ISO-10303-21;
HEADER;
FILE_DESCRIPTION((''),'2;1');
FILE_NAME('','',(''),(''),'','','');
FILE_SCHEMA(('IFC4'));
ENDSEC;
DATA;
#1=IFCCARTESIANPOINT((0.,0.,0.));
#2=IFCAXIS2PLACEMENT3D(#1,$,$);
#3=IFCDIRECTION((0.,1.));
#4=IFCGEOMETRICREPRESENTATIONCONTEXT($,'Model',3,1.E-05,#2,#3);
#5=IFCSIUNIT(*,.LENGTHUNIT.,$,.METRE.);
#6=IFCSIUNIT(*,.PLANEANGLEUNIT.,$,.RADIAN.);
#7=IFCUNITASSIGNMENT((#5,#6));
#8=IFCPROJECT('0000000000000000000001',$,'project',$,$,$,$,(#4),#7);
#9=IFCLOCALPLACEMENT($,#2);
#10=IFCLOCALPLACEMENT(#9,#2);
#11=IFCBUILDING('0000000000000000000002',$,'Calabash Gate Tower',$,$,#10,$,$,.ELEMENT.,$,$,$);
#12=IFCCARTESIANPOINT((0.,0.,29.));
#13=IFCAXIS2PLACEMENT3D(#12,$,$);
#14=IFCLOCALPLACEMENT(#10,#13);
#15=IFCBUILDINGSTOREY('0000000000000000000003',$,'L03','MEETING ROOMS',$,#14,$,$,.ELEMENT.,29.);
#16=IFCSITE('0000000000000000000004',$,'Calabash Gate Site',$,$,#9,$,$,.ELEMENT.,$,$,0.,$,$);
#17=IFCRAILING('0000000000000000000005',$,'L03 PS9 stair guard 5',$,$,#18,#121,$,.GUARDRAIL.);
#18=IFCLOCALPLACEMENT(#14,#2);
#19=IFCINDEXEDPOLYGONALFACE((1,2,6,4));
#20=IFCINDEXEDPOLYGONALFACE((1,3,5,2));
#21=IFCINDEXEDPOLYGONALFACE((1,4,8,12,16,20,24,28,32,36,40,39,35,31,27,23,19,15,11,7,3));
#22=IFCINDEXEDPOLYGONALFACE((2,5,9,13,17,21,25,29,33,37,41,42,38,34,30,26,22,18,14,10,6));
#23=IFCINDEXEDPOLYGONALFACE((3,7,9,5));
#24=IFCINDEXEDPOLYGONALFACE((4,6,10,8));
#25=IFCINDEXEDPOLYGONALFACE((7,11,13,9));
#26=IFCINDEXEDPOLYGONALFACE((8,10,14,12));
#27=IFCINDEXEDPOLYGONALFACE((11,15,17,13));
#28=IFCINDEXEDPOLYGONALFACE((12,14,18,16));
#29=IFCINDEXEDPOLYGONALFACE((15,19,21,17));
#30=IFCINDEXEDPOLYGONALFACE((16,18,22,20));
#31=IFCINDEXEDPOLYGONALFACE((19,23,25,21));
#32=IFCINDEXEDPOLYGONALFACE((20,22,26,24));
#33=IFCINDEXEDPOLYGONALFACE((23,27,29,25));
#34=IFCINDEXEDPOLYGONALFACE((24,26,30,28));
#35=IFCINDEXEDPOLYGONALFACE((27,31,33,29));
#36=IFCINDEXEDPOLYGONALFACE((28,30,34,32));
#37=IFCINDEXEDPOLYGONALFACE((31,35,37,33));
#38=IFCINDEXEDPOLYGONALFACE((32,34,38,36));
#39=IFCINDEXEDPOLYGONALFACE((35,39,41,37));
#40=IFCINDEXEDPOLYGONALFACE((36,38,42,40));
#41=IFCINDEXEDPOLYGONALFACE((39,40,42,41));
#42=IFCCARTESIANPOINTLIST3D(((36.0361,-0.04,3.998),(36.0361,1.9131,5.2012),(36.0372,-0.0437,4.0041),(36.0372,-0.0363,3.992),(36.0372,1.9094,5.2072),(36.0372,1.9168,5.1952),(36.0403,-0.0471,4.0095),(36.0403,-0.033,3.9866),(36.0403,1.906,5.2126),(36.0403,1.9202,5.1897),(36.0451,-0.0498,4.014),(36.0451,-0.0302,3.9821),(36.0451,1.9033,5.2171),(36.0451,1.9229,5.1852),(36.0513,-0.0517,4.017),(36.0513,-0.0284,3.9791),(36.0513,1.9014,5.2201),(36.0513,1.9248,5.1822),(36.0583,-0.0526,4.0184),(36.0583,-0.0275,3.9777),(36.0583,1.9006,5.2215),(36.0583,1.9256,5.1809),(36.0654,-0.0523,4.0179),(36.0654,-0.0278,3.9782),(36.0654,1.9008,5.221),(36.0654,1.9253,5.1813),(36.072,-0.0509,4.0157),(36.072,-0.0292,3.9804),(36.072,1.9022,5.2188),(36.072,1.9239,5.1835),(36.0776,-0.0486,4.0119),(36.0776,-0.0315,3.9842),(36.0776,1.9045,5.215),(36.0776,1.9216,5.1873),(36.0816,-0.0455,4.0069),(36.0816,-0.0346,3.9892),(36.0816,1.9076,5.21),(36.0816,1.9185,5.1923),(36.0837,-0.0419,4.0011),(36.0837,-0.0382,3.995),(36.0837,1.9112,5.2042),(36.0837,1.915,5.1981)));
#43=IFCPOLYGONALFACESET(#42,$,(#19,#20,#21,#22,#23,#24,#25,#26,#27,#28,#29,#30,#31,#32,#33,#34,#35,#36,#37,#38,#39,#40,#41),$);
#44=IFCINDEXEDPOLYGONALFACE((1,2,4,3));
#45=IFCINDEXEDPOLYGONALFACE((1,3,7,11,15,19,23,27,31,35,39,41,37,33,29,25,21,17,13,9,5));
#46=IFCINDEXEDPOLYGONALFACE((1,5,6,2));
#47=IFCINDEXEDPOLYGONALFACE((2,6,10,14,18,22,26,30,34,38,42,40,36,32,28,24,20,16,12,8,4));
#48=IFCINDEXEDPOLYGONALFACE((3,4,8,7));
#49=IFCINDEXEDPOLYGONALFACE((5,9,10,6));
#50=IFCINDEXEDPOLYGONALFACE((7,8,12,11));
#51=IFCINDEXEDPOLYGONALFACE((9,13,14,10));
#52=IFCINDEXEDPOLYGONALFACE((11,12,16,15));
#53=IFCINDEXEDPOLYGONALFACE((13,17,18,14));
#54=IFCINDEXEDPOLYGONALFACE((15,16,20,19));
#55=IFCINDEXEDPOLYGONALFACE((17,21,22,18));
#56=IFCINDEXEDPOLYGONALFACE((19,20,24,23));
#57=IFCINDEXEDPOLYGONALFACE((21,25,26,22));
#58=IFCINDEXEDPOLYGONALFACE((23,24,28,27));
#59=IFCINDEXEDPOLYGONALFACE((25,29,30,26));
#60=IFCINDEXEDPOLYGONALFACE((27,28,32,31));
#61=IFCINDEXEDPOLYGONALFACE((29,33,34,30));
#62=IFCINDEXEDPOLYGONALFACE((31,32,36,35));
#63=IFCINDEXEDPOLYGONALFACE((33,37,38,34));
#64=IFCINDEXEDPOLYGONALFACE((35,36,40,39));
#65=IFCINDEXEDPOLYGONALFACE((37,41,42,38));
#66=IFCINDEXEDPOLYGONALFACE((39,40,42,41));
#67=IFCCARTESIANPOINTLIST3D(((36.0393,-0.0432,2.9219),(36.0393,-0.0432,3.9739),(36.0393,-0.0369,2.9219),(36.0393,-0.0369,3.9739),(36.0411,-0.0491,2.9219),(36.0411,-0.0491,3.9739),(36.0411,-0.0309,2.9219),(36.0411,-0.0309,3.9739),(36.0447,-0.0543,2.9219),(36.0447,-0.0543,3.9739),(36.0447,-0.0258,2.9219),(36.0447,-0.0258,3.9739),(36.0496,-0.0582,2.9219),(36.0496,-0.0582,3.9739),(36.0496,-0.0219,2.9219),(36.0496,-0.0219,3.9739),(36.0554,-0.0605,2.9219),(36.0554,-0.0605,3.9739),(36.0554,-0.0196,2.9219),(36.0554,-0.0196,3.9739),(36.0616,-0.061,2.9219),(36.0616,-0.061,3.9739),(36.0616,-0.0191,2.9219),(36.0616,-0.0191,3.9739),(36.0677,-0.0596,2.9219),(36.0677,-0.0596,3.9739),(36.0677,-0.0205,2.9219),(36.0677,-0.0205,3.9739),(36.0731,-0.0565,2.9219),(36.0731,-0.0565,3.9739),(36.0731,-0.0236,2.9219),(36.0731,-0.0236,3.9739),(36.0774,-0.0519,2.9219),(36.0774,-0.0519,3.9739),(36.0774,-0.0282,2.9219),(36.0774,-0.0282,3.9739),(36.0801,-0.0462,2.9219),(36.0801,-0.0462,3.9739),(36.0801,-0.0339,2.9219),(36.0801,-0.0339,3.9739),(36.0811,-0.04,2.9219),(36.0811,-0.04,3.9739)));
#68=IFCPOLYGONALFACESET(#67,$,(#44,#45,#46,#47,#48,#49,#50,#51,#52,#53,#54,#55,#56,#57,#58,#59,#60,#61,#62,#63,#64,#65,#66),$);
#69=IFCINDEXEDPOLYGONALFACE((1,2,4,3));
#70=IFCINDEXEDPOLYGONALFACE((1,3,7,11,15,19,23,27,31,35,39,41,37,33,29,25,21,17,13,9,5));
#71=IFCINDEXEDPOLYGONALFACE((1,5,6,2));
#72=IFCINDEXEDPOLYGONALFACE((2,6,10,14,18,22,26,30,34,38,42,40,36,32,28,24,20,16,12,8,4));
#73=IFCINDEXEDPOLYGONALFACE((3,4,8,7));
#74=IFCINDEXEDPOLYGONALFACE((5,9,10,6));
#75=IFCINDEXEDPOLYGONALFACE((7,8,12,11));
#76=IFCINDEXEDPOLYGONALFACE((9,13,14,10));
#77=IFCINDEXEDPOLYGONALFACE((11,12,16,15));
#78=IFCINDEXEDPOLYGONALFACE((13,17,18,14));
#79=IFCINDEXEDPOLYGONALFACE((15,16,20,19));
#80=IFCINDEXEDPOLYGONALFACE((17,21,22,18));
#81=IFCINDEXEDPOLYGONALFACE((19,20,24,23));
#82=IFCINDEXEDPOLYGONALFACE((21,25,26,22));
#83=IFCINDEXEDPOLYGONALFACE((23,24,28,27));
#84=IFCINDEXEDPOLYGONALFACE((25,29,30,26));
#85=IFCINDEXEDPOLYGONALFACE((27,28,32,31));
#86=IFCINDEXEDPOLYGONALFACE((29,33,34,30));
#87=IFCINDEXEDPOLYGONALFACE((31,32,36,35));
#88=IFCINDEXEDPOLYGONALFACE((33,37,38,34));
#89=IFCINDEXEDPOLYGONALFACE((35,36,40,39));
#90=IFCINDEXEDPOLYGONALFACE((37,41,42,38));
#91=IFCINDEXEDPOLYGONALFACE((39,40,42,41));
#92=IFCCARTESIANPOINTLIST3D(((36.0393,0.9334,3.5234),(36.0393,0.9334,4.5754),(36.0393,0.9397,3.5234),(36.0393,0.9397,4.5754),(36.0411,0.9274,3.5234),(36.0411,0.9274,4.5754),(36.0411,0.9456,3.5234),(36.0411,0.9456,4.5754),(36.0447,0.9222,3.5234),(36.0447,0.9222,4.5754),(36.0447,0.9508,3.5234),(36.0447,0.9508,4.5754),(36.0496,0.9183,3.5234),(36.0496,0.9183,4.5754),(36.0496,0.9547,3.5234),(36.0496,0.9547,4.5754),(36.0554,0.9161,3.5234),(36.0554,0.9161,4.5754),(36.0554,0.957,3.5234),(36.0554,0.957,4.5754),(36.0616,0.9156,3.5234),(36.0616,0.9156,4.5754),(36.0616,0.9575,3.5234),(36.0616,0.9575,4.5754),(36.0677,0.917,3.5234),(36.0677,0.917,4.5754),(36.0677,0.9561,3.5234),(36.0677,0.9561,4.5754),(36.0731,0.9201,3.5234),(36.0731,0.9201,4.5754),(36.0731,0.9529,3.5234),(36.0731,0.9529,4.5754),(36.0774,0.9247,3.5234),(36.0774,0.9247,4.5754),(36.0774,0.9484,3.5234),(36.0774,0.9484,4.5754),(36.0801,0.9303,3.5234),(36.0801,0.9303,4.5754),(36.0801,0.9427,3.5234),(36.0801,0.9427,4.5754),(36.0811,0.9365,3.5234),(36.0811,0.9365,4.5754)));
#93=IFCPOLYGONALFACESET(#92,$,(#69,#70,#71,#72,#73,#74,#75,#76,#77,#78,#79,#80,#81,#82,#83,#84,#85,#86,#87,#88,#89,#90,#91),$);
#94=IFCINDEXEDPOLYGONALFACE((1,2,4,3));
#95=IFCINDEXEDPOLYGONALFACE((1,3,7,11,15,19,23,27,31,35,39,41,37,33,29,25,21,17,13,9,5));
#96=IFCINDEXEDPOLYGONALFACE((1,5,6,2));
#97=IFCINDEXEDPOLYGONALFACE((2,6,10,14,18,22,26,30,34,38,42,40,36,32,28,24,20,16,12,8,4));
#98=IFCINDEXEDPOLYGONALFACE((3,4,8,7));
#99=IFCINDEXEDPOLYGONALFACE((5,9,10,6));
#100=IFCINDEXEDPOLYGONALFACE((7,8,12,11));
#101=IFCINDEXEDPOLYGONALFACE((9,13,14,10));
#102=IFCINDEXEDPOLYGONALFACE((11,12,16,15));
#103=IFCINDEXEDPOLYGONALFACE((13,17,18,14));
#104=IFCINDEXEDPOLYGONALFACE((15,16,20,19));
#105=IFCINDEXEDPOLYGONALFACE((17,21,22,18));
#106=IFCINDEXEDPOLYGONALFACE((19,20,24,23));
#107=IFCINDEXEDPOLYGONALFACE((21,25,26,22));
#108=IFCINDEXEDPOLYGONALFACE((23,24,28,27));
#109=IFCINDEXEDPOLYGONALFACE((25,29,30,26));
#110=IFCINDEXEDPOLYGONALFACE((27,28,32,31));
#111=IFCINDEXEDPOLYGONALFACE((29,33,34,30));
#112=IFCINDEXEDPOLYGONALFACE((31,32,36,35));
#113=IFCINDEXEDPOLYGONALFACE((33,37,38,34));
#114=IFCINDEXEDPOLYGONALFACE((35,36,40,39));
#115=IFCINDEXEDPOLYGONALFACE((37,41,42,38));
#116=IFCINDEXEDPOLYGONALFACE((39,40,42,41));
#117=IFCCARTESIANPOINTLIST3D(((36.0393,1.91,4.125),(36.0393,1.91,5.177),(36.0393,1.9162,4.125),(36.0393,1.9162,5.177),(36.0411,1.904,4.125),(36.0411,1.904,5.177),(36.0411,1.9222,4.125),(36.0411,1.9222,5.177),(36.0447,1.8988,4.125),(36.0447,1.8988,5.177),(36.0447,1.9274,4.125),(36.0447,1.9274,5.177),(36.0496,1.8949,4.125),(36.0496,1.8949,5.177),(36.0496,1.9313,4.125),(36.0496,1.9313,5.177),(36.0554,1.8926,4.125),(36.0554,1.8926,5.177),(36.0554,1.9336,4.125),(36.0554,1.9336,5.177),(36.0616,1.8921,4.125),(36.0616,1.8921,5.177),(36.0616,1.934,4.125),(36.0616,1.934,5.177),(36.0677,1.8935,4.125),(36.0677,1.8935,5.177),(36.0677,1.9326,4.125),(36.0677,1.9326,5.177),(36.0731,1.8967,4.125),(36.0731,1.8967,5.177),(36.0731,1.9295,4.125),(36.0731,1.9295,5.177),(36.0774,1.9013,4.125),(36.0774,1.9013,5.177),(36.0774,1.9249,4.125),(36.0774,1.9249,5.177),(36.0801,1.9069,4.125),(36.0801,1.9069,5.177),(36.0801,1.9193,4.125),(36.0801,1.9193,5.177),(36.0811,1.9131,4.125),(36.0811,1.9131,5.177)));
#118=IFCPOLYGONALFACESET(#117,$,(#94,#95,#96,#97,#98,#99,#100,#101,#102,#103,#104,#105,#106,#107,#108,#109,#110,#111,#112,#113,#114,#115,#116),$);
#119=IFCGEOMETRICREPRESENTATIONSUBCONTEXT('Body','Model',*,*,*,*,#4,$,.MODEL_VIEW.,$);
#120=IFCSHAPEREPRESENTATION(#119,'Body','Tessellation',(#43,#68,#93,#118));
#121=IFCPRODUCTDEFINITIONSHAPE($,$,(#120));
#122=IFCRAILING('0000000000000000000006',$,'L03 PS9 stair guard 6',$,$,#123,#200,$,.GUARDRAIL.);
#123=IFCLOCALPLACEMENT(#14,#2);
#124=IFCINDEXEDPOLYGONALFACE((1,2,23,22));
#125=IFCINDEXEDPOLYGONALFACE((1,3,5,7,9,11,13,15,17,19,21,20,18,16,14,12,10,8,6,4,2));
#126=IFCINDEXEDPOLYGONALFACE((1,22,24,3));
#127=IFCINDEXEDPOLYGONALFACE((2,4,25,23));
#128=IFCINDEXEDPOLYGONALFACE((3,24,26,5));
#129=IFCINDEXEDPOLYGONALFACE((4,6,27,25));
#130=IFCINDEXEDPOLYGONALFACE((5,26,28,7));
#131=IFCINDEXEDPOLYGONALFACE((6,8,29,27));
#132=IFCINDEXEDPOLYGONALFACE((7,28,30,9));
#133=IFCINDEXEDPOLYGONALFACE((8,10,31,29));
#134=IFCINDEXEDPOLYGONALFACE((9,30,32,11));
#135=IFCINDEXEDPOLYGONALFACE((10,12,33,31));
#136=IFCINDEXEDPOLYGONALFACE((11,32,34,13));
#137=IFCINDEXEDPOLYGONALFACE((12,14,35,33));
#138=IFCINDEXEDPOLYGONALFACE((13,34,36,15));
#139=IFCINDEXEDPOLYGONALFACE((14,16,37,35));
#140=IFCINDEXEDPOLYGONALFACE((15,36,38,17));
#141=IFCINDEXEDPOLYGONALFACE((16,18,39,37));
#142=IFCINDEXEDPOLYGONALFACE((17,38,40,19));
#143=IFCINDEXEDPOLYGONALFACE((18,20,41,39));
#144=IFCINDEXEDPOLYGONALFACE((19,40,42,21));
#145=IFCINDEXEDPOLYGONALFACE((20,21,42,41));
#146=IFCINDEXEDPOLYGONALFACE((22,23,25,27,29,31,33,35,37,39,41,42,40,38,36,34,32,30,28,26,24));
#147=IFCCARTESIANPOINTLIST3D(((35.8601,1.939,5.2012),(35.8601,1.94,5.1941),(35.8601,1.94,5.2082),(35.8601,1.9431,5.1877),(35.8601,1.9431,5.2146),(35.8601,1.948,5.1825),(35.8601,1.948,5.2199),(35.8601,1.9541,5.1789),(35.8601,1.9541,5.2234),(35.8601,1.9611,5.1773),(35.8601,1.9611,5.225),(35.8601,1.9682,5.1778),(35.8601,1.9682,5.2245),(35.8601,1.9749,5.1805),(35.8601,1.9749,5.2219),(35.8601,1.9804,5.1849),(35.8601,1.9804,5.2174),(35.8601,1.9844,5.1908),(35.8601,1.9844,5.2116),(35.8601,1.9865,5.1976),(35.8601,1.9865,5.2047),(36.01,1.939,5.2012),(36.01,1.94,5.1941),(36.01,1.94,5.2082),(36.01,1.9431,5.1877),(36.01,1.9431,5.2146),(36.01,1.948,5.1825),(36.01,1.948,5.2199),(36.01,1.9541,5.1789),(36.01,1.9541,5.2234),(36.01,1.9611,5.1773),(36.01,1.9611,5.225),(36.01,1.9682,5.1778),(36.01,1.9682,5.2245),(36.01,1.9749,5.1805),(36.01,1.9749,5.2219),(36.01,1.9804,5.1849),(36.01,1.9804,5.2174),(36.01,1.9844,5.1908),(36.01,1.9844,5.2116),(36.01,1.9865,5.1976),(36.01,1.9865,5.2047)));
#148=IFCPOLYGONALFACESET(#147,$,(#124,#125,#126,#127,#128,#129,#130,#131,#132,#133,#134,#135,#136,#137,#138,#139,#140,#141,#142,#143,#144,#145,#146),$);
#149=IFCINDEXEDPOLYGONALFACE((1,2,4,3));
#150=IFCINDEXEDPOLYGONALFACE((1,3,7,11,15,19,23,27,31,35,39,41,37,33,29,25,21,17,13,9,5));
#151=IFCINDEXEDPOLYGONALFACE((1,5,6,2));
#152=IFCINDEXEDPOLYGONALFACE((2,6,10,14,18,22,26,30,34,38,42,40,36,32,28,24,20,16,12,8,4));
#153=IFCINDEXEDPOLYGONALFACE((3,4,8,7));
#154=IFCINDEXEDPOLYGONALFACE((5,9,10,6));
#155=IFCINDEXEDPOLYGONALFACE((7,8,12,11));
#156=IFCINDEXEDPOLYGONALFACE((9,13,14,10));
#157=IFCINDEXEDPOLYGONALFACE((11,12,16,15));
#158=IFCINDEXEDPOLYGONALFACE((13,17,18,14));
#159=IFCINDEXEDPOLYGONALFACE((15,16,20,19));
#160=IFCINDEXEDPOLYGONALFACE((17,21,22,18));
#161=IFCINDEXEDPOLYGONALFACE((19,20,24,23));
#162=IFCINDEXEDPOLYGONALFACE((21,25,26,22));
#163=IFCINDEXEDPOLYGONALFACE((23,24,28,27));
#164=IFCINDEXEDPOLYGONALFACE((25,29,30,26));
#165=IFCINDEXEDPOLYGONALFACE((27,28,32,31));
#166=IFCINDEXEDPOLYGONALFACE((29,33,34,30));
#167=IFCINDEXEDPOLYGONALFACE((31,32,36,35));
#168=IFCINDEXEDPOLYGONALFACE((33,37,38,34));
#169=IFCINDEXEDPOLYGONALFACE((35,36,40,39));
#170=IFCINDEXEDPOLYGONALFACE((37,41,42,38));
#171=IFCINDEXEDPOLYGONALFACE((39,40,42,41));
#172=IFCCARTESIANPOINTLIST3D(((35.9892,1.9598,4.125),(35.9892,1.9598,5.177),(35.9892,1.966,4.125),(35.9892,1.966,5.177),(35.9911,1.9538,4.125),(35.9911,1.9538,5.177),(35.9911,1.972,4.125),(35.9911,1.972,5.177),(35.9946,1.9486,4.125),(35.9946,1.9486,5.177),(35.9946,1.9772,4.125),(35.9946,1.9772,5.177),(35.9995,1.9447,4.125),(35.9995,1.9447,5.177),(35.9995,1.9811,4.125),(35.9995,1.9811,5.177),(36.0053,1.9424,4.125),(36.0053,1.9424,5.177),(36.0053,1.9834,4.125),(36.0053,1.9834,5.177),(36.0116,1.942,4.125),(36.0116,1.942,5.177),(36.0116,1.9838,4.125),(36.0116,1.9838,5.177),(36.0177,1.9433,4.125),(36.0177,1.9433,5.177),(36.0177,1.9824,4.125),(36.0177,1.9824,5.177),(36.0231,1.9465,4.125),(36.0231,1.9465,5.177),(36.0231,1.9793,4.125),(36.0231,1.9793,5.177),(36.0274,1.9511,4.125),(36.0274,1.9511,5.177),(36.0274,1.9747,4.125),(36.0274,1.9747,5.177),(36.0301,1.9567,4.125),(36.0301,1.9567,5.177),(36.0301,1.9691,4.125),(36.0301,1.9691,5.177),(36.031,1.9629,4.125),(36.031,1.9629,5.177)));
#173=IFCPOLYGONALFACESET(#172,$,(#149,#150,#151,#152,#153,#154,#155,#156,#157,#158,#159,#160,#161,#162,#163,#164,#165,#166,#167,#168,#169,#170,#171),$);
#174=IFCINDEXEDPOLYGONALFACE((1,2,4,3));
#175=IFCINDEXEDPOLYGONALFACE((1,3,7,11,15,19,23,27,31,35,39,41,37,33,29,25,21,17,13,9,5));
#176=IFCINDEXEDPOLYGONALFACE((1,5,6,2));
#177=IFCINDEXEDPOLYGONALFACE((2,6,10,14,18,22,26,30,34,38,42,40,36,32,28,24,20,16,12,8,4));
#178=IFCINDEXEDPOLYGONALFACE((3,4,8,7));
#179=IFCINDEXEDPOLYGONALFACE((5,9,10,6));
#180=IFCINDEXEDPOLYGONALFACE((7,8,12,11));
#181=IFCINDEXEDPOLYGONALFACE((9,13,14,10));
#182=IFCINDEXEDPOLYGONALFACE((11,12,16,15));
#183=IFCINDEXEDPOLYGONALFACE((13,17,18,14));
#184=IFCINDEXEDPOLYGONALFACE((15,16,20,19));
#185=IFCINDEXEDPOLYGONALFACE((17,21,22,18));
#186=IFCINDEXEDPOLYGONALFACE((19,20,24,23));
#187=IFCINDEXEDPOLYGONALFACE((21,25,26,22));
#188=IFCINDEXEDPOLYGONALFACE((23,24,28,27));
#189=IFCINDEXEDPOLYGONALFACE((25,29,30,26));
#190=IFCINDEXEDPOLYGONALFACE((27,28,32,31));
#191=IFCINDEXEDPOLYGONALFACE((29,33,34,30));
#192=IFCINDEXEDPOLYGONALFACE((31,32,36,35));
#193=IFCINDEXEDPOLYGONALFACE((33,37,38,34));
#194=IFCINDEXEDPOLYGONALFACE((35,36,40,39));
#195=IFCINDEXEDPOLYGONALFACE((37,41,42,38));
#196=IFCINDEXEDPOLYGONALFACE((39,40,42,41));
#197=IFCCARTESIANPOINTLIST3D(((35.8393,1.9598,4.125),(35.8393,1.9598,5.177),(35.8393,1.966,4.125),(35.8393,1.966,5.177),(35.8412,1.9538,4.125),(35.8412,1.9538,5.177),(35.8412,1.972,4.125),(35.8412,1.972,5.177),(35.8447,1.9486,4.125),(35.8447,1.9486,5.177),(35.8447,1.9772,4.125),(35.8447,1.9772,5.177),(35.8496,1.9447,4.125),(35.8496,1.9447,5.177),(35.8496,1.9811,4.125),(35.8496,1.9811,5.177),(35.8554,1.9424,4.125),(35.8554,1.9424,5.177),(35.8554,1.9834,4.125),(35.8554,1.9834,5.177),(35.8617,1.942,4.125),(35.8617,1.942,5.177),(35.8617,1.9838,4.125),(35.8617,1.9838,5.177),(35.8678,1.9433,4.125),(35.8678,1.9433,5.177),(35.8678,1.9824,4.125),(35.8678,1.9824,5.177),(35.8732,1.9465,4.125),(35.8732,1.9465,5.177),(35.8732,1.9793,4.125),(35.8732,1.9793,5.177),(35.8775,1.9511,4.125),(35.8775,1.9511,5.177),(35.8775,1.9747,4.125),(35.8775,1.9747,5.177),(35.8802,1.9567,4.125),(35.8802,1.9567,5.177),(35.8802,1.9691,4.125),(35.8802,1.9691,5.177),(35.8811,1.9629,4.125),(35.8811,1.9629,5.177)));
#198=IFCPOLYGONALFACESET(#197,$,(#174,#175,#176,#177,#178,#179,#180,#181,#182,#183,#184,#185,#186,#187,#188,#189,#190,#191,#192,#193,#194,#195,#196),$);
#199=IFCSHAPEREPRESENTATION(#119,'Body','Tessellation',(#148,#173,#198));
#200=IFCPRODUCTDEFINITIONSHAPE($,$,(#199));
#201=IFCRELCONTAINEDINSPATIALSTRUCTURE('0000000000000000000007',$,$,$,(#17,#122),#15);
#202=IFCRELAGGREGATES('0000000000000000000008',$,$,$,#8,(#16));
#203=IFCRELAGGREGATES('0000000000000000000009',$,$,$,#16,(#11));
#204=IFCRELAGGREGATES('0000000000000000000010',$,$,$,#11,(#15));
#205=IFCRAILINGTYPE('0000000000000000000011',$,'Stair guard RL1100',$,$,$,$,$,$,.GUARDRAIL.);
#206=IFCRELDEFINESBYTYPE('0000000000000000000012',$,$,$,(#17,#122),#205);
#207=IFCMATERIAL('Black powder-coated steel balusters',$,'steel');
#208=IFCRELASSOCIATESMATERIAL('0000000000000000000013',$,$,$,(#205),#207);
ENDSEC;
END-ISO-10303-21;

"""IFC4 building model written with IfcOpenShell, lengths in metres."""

from ifc_helpers import new_model, si_unit, direction, frame, origin, origin_2d, place, context, subcontext, project, spatial, circle, extrude, material, type_object, element, save


model = new_model("IFC4")

# Units and contexts
model_context = context("Model", 3, precision=1e-05, world=origin(), true_north=direction((0.0, 1.0)))
body_context = subcontext(model_context, "Body", "Model", "MODEL_VIEW")
ifc_project = project(units=[si_unit("LENGTHUNIT", "METRE"), si_unit("PLANEANGLEUNIT", "RADIAN")], contexts=[model_context])

# Site, building, storey
site_placement = place(None, origin())
site = spatial("IfcSite", under=ifc_project, at=site_placement, Name="Calabash Gate Site", CompositionType="ELEMENT", RefElevation=0.0)
building_placement = place(site_placement, origin())
building = spatial("IfcBuilding", under=site, at=building_placement, Name="Calabash Gate Tower", CompositionType="ELEMENT")
storey_placement = place(building_placement, frame((0.0, 0.0, 29.0)))
storey = spatial("IfcBuildingStorey", under=building, at=storey_placement, Name="L03", Description="MEETING ROOMS", CompositionType="ELEMENT", Elevation=29.0)

# Railings
ifc_material_1 = material(Name="Black powder-coated steel balusters", Category="steel")
railing_type_1 = type_object("IfcRailingType", Name="Stair guard RL1100", PredefinedType="GUARDRAIL", material=ifc_material_1)
railing_1_placement = place(storey_placement, frame((36.0601, -0.04, 2.9219)))
element("IfcRailing", 1, at=railing_1_placement, inside=storey, type_object=railing_type_1, Name="L03 PS9 stair guard 5", PredefinedType="GUARDRAIL", context=body_context, shape_type="SweptSolid", body=[
    extrude(circle(Radius=0.0239, at=origin_2d()), frame((0.0, 0.0, 1.0762), z_axis=(0.0, 0.851424, 0.524477), x_axis=(-1.0, 0.0, 0.0)), (0.0, 0.0, 1.0), 2.2939),
    extrude(circle(Radius=0.021, at=origin_2d()), origin(), (0.0, 0.0, 1.0), 1.052),
    extrude(circle(Radius=0.021, at=origin_2d()), frame((0.0, 0.9766, 0.6016)), (0.0, 0.0, 1.0), 1.052),
    extrude(circle(Radius=0.021, at=origin_2d()), frame((0.0, 1.9531, 1.2031)), (0.0, 0.0, 1.0), 1.052),
])
railing_2_placement = place(storey_placement, frame((36.01, 1.9629, 4.125)))
element("IfcRailing", 2, at=railing_2_placement, inside=storey, type_object=railing_type_1, Name="L03 PS9 stair guard 6", PredefinedType="GUARDRAIL", context=body_context, shape_type="SweptSolid", body=[
    extrude(circle(Radius=0.0239, at=origin_2d()), frame((0.0, 0.0, 1.0762), z_axis=(-1.0, 0.0, 0.0), x_axis=(0.0, -1.0, 0.0)), (0.0, 0.0, 1.0), 0.1499),
    extrude(circle(Radius=0.021, at=origin_2d()), origin(), (0.0, 0.0, 1.0), 1.052),
    extrude(circle(Radius=0.021, at=origin_2d()), frame((-0.1499, 0.0, 0.0)), (0.0, 0.0, 1.0), 1.052),
])

save(model, "model.ifc")
